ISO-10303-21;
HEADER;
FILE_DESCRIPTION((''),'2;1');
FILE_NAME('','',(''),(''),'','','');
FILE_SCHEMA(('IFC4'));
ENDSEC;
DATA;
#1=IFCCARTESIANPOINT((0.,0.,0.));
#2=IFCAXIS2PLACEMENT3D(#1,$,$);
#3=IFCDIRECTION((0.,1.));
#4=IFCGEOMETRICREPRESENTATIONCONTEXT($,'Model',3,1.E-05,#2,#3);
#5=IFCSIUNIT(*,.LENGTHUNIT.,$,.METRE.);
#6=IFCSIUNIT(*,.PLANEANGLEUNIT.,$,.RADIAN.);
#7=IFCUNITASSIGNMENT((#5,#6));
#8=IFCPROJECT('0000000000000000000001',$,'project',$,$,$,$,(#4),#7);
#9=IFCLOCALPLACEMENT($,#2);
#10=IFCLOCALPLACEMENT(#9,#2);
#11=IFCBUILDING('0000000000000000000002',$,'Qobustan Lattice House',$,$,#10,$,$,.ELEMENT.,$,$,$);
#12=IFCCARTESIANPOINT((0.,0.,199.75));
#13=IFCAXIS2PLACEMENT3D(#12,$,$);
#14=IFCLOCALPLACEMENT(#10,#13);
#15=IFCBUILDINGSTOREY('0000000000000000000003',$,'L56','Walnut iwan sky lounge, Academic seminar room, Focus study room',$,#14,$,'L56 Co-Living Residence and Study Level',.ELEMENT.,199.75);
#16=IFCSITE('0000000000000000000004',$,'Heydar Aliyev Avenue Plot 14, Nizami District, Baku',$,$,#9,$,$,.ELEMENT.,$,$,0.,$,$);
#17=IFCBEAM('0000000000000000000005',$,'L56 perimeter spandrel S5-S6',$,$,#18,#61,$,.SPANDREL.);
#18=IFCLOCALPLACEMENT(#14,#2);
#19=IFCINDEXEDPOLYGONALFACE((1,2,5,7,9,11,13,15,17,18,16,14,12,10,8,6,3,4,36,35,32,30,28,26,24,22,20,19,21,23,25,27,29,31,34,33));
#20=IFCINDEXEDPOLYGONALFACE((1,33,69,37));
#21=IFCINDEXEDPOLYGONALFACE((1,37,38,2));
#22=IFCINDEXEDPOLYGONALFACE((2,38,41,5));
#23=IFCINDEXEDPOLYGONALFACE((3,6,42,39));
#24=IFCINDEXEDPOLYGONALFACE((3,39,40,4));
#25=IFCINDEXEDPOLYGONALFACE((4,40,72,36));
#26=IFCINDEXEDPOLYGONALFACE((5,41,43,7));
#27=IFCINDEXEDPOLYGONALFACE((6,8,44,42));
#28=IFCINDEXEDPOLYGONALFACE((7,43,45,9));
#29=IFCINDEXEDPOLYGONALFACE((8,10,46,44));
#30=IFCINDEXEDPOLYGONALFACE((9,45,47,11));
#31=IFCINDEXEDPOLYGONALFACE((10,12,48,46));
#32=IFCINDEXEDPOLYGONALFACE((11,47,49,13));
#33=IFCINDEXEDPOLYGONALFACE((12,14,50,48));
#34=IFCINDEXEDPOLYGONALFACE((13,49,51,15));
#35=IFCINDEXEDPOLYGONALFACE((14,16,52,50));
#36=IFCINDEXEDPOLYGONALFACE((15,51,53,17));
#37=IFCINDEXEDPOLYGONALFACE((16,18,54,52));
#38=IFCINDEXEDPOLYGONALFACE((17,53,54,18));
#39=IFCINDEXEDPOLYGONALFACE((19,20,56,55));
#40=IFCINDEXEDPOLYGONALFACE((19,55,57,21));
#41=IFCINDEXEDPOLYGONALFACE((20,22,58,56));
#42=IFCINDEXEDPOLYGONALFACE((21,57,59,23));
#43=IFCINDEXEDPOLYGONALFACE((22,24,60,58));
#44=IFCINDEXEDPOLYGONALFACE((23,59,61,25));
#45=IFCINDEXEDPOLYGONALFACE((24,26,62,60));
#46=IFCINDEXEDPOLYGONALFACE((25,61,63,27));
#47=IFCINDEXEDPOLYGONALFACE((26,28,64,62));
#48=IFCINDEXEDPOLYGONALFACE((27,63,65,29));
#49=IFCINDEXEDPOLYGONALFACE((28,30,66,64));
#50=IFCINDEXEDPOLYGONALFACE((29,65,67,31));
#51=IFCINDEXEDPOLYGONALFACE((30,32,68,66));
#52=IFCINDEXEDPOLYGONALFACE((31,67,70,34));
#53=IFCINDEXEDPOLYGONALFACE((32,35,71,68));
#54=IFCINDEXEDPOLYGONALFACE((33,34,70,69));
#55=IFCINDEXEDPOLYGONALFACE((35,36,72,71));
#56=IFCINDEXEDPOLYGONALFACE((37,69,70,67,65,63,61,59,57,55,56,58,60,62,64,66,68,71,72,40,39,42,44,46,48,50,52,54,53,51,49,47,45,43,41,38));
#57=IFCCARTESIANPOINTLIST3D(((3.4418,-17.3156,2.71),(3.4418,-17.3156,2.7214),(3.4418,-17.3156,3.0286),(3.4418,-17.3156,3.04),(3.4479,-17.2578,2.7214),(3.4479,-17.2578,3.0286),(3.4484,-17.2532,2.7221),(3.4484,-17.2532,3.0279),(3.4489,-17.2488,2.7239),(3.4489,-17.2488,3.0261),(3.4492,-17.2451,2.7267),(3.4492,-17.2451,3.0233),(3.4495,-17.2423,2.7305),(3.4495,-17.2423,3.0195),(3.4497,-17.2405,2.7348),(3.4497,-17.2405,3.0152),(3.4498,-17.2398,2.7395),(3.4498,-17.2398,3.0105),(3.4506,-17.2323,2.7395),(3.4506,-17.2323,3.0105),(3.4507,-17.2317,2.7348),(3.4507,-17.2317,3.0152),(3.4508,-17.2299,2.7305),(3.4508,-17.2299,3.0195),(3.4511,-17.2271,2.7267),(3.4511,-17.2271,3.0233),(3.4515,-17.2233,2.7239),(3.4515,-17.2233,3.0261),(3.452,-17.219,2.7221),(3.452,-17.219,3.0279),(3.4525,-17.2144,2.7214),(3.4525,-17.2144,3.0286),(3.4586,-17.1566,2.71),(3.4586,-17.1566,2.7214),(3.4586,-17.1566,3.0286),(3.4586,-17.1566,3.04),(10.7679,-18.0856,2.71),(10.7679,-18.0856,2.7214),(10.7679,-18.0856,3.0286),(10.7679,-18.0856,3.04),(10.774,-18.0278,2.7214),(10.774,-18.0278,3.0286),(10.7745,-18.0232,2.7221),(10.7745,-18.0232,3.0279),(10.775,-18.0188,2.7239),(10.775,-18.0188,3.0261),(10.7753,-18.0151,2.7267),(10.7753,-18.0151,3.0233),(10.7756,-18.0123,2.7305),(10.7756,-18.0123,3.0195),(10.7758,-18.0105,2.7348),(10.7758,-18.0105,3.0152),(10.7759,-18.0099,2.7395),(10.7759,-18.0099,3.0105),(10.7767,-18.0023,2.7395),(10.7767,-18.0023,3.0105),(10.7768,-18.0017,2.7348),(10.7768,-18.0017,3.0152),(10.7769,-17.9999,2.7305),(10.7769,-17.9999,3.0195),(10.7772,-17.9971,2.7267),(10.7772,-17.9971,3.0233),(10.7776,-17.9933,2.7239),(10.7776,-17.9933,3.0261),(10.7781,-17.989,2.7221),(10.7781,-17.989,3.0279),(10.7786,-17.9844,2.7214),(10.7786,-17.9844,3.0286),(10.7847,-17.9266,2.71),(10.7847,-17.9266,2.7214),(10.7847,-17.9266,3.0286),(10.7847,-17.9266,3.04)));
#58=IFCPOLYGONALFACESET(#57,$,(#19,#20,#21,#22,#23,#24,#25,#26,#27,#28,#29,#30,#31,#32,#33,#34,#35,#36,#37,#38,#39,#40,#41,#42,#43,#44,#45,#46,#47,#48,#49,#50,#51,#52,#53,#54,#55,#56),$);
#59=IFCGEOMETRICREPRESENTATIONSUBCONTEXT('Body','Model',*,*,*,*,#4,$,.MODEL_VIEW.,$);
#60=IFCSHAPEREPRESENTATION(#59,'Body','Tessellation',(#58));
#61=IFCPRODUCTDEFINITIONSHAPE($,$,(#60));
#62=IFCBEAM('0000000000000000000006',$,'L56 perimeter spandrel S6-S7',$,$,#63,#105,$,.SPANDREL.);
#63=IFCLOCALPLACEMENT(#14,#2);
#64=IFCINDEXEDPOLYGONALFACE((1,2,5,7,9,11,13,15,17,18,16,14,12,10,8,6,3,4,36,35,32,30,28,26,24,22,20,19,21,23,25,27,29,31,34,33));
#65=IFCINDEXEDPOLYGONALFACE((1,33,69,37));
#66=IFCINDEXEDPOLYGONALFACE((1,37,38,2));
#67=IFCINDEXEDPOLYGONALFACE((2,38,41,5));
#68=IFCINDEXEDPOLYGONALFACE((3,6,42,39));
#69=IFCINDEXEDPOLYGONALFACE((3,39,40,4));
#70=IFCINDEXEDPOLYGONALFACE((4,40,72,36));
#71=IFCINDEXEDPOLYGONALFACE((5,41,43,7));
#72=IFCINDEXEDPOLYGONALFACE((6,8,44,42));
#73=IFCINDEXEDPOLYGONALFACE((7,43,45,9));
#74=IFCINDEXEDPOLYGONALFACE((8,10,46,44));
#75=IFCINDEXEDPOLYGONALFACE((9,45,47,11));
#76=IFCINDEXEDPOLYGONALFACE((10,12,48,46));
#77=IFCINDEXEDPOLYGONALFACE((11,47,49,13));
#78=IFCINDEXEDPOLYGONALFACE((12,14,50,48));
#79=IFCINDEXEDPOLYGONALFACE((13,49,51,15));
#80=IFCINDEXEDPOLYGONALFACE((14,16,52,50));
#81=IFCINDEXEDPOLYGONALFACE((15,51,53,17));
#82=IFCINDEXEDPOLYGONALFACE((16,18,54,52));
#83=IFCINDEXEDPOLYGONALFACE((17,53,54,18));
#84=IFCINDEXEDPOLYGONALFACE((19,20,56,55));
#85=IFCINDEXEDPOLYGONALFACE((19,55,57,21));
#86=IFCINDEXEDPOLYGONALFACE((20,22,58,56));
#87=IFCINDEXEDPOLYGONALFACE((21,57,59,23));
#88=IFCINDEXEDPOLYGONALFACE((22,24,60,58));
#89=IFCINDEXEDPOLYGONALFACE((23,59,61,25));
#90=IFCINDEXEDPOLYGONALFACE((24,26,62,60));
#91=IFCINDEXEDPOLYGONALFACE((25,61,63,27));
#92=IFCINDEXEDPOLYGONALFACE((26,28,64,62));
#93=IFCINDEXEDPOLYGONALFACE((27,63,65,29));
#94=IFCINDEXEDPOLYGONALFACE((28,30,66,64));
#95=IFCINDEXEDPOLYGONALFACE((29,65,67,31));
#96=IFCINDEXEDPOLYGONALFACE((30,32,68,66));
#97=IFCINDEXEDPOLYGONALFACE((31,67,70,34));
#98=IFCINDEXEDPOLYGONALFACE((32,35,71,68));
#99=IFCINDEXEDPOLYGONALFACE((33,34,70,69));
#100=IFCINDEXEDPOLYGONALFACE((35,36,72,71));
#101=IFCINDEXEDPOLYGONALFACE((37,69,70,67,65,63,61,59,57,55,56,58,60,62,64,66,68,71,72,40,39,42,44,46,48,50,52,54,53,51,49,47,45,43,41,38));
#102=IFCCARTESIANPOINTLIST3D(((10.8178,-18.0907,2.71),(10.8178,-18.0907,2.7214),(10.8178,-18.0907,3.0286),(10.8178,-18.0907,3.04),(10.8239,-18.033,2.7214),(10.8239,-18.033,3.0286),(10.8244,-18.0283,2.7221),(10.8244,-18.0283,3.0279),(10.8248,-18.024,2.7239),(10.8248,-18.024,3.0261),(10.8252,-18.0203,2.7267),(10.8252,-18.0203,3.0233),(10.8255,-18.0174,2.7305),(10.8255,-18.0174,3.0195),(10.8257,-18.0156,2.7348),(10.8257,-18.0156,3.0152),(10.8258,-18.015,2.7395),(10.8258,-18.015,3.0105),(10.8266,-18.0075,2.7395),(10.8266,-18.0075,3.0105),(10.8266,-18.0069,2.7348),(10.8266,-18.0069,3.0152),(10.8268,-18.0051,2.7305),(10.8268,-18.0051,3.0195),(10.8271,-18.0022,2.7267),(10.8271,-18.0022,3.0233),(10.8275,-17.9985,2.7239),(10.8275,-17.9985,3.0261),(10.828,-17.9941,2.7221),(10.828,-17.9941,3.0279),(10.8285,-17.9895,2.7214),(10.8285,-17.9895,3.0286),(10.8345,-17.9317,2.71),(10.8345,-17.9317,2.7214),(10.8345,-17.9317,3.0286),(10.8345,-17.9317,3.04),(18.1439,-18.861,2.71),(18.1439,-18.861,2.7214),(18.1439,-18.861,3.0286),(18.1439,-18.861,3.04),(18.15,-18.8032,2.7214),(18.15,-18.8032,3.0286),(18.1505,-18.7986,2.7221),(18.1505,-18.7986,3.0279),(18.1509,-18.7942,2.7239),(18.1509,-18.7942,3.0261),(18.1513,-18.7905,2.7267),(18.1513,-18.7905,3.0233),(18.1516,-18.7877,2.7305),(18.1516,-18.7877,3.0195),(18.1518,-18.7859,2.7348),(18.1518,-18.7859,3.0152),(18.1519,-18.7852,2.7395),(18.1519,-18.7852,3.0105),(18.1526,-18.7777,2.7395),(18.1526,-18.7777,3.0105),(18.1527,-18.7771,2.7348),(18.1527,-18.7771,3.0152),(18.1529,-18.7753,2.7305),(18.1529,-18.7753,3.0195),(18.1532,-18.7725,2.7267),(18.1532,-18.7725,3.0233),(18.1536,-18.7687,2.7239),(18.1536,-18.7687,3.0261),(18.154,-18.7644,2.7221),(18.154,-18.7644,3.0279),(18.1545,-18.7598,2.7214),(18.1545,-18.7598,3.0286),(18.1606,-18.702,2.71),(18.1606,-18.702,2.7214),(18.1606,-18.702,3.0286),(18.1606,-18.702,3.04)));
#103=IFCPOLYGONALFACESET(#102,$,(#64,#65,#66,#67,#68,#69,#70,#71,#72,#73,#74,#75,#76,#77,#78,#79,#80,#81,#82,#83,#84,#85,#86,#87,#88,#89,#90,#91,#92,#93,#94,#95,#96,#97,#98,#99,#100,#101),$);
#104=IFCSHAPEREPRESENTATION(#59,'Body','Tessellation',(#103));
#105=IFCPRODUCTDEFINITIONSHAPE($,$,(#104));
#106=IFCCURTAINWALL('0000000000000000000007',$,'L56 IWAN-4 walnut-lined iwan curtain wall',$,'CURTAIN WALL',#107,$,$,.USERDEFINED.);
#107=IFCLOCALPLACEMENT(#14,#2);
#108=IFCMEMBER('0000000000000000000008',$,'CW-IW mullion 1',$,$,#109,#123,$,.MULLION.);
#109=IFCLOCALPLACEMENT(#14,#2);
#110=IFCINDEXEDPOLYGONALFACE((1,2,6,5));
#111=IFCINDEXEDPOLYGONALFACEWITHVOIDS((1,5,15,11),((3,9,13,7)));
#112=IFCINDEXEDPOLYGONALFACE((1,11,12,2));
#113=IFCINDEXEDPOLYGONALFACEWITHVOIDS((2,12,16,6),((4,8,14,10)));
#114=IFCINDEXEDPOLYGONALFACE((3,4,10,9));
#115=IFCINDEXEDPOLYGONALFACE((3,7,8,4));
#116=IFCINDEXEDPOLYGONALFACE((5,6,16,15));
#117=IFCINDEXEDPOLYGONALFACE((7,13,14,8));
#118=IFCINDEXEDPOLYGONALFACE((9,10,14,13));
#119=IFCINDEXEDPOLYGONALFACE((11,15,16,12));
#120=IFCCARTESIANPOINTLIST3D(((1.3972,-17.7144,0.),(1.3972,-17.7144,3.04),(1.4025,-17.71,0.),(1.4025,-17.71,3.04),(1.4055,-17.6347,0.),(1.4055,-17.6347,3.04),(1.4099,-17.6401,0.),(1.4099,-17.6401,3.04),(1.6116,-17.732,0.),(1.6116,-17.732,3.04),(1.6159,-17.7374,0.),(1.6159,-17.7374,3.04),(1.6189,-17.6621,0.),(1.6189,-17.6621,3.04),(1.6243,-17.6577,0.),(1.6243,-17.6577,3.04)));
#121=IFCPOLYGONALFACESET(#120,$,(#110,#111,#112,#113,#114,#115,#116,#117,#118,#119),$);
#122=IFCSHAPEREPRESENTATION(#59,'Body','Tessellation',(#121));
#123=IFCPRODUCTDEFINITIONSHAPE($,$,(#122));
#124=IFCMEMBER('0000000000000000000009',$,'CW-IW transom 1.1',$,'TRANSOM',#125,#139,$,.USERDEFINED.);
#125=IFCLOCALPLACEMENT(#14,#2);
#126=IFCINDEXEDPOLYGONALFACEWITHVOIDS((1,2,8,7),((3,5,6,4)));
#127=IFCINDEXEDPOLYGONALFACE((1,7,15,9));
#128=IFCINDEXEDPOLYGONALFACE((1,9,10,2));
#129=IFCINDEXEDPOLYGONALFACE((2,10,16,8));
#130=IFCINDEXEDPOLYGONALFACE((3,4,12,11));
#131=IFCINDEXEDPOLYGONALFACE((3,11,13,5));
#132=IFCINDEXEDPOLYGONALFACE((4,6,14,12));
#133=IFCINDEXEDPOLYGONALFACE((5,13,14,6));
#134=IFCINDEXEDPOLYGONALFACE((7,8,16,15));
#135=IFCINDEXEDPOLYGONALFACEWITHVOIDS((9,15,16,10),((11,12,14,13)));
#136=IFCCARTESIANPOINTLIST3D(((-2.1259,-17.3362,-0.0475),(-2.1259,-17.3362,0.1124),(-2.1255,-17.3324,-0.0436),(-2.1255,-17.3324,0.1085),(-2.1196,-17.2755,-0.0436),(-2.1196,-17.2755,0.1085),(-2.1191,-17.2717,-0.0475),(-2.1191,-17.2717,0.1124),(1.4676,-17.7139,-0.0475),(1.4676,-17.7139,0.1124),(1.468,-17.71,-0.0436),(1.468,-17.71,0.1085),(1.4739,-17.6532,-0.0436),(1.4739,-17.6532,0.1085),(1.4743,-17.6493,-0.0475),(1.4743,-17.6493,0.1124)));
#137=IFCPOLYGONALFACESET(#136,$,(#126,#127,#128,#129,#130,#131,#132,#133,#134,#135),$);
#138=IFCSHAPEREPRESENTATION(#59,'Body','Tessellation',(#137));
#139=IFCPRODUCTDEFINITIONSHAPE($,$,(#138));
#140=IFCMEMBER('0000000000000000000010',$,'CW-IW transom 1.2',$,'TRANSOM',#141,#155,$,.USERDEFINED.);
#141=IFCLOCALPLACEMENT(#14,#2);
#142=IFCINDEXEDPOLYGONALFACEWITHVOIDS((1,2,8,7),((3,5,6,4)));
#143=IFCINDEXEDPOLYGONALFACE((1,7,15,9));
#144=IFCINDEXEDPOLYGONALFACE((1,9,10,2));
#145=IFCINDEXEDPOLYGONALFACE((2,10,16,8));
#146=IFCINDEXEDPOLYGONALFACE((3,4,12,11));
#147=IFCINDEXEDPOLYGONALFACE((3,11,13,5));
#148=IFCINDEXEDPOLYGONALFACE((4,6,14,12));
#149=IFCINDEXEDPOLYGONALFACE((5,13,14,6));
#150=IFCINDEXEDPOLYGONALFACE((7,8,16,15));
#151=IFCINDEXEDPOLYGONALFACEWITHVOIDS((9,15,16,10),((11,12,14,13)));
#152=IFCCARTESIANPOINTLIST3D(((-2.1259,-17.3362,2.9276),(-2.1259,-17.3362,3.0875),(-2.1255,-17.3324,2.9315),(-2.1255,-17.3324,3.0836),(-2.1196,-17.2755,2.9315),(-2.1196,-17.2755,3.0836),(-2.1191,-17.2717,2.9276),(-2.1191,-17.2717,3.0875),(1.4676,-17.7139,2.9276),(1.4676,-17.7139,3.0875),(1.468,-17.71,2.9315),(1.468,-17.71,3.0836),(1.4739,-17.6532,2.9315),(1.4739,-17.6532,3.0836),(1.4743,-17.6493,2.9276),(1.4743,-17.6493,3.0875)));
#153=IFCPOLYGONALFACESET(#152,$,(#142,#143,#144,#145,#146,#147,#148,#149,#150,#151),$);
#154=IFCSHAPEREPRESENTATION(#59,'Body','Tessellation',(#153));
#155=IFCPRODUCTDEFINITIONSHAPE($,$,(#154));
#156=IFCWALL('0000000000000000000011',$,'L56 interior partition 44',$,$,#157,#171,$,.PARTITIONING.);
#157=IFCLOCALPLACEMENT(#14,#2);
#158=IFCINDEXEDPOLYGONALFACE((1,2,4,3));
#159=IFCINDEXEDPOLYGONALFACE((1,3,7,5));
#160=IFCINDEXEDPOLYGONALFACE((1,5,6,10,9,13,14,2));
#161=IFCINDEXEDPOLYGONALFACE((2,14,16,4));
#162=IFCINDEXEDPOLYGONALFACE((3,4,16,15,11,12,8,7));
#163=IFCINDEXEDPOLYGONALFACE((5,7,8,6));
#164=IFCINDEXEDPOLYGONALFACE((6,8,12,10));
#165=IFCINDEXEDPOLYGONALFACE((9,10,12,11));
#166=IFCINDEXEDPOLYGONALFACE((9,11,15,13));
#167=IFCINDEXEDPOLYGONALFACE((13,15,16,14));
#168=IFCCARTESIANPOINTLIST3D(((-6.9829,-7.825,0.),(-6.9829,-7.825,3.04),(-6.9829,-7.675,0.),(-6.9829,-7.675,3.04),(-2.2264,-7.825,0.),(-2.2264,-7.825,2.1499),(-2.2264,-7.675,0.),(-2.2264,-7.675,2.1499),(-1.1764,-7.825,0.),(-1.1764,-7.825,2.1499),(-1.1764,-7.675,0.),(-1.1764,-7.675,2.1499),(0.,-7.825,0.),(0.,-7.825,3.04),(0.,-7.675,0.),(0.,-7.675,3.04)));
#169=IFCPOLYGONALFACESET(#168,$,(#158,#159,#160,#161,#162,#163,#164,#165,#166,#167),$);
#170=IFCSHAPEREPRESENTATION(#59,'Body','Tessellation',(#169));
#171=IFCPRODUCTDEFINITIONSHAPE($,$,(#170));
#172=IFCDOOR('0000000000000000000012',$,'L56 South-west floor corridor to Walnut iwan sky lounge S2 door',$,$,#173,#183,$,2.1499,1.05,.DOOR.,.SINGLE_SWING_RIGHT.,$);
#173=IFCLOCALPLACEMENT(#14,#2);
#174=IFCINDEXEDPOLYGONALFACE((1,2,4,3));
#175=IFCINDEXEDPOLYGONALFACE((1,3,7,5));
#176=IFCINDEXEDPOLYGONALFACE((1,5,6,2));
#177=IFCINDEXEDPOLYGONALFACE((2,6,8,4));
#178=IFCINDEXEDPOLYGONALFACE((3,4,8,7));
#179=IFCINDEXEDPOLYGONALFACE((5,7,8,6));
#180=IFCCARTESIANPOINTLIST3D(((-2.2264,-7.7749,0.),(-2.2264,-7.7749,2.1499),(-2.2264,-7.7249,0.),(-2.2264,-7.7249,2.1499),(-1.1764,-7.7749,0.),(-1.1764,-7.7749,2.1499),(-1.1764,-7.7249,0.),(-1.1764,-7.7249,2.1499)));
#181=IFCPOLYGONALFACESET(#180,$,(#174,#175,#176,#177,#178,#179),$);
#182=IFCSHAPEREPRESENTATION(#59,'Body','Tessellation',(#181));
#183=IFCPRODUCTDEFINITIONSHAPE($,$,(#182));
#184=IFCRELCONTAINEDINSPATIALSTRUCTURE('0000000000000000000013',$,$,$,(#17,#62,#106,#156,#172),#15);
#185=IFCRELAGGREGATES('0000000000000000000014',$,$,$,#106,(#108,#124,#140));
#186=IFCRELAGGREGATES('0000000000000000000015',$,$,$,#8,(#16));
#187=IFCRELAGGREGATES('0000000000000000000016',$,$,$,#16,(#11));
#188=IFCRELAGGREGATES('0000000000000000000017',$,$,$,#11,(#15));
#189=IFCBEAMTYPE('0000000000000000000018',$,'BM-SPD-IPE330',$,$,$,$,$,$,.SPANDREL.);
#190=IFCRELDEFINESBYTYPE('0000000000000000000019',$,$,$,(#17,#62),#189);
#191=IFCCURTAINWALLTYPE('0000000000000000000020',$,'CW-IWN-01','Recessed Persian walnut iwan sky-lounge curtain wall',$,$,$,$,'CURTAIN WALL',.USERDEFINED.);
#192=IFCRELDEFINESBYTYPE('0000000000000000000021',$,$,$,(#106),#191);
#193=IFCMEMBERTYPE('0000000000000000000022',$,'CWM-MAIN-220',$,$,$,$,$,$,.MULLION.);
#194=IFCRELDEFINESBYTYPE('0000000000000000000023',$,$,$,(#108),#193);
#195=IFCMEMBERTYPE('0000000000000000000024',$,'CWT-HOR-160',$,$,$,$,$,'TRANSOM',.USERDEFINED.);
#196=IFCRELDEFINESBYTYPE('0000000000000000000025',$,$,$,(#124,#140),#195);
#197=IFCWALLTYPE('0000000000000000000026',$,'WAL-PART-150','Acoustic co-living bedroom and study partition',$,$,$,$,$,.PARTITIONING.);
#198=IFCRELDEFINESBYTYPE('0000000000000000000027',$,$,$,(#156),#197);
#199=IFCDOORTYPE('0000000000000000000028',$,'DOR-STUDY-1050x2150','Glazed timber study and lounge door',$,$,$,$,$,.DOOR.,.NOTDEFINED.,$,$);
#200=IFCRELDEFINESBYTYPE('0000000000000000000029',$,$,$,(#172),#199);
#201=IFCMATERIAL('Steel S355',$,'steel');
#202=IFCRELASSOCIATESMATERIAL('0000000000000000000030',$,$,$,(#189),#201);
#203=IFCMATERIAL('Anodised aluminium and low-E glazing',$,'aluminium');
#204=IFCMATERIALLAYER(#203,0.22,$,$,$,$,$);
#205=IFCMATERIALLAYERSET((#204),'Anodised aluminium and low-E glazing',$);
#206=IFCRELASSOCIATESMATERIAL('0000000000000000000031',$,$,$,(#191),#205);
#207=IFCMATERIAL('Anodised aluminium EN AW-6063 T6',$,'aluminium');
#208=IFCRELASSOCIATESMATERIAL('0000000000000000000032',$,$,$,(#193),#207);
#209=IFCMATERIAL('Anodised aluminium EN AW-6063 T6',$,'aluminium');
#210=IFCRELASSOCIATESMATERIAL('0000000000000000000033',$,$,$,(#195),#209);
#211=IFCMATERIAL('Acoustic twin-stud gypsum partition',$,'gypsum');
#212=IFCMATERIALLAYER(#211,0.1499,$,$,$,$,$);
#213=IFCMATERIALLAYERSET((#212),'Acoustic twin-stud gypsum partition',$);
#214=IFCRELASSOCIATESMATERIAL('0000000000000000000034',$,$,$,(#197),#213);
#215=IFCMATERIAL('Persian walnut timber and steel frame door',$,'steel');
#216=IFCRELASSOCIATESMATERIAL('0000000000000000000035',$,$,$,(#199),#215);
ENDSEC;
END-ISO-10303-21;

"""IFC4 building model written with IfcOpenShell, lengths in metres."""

from ifc_helpers import new_model, si_unit, direction, frame, frame_2d, origin, origin_2d, place, context, subcontext, project, spatial, rectangle, hollow_rectangle, i_section, extrude, material, layer, layer_set, material_profile, profile_set, type_object, element, fill, aggregate, save


model = new_model("IFC4")

# Units and contexts
model_context = context("Model", 3, precision=1e-05, world=origin(), true_north=direction((0.0, 1.0)))
body_context = subcontext(model_context, "Body", "Model", "MODEL_VIEW")
ifc_project = project(units=[si_unit("LENGTHUNIT", "METRE"), si_unit("PLANEANGLEUNIT", "RADIAN")], contexts=[model_context])

# Site, building, storey
site_placement = place(None, origin())
site = spatial("IfcSite", under=ifc_project, at=site_placement, Name="Heydar Aliyev Avenue Plot 14, Nizami District, Baku", CompositionType="ELEMENT", RefElevation=0.0)
building_placement = place(site_placement, origin())
building = spatial("IfcBuilding", under=site, at=building_placement, Name="Qobustan Lattice House", CompositionType="ELEMENT")
storey_placement = place(building_placement, frame((0.0, 0.0, 199.75)))
storey = spatial("IfcBuildingStorey", under=building, at=storey_placement, Name="L56", Description="Walnut iwan sky lounge, Academic seminar room, Focus study room", LongName="L56 Co-Living Residence and Study Level", CompositionType="ELEMENT", Elevation=199.75)

# Beams
ifc_material_1 = material(Name="Steel S355", Category="steel")
ifc_material_profile_1 = material_profile(ifc_material_1, i_section(OverallWidth=0.1599, OverallDepth=0.3301, WebThickness=0.0076, FlangeThickness=0.0115, FilletRadius=0.0181, at=origin_2d()), Name="IPE330")
ifc_profile_set_1 = profile_set([ifc_material_profile_1], Name="Steel S355")
beam_type_1 = type_object("IfcBeamType", Name="BM-SPD-IPE330", PredefinedType="SPANDREL", material=ifc_profile_set_1)
for number, where, z_axis, x_axis, name in (
    (1, (3.4502, -17.2361, 2.875), (0.994522, -0.10453, 0.0), (0.10453, 0.994522, 0.0), "L56 perimeter spandrel S5-S6"),
    (2, (10.8262, -18.0112, 2.875), (0.994518, -0.104562, 0.0), (0.104562, 0.994518, 0.0), "L56 perimeter spandrel S6-S7"),
):
    element("IfcBeam", number, at=place(storey_placement, frame(where, z_axis=z_axis, x_axis=x_axis)), inside=storey, type_object=beam_type_1, Name=name, PredefinedType="SPANDREL", context=body_context, shape_type="SweptSolid", body=[
        extrude(i_section(OverallWidth=0.1599, OverallDepth=0.3301, WebThickness=0.0076, FlangeThickness=0.0115, FilletRadius=0.0181, at=origin_2d()), origin(), (0.0, 0.0, 1.0), 7.3665),
    ])

# Curtain wall, members
ifc_material_2 = material(Name="Anodised aluminium and low-E glazing", Category="aluminium")
ifc_layer_1 = layer(ifc_material_2, 0.22)
ifc_layer_set_1 = layer_set([ifc_layer_1], Name="Anodised aluminium and low-E glazing")
curtain_wall_type = type_object("IfcCurtainWallType", Name="CW-IWN-01", Description="Recessed Persian walnut iwan sky-lounge curtain wall", ElementType="CURTAIN WALL", PredefinedType="USERDEFINED", material=ifc_layer_set_1)
curtain_wall_placement = place(storey_placement, origin())
curtain_wall = element("IfcCurtainWall", 3, at=curtain_wall_placement, inside=storey, type_object=curtain_wall_type, Name="L56 IWAN-4 walnut-lined iwan curtain wall", ObjectType="CURTAIN WALL", PredefinedType="USERDEFINED")
ifc_material_3 = material(Name="Anodised aluminium EN AW-6063 T6", Category="aluminium")
ifc_material_profile_2 = material_profile(ifc_material_3, hollow_rectangle(XDim=0.0801, YDim=0.22, WallThickness=0.0049, at=origin_2d()), Name="CWM-220x80")
ifc_profile_set_2 = profile_set([ifc_material_profile_2], Name="Anodised aluminium EN AW-6063 T6")
member_type_1 = type_object("IfcMemberType", Name="CWM-MAIN-220", PredefinedType="MULLION", material=ifc_profile_set_2)
member_1_placement = place(storey_placement, frame((1.5107, -17.686, 0.0), z_axis=(0.0, 0.0, 1.0), x_axis=(-0.104536, -0.994521, 0.0)))
member_1 = element("IfcMember", 4, at=member_1_placement, type_object=member_type_1, Name="CW-IW mullion 1", PredefinedType="MULLION", context=body_context, shape_type="SweptSolid", body=[
    extrude(hollow_rectangle(XDim=0.0801, YDim=0.22, WallThickness=0.0049, at=origin_2d()), origin(), (0.0, 0.0, 1.0), 3.04),
])
ifc_material_4 = material(Name="Anodised aluminium EN AW-6063 T6", Category="aluminium")
ifc_material_profile_3 = material_profile(ifc_material_4, hollow_rectangle(XDim=0.0649, YDim=0.1599, WallThickness=0.0039, at=origin_2d()), Name="CWT-160x65")
ifc_profile_set_3 = profile_set([ifc_material_profile_3], Name="Anodised aluminium EN AW-6063 T6")
member_type_2 = type_object("IfcMemberType", Name="CWT-HOR-160", ElementType="TRANSOM", PredefinedType="USERDEFINED", material=ifc_profile_set_3)
member_2_placement = place(storey_placement, frame((1.4709, -17.6816, 0.0325), z_axis=(-0.994522, 0.104527, 0.0), x_axis=(-0.104527, -0.994522, 0.0)))
member_2 = element("IfcMember", 5, at=member_2_placement, type_object=member_type_2, Name="CW-IW transom 1.1", ObjectType="TRANSOM", PredefinedType="USERDEFINED", context=body_context, shape_type="SweptSolid", body=[
    extrude(hollow_rectangle(XDim=0.0649, YDim=0.1599, WallThickness=0.0039, at=origin_2d()), origin(), (0.0, 0.0, 1.0), 3.6133),
])
member_3_placement = place(storey_placement, frame((1.4709, -17.6816, 3.0076), z_axis=(-0.994522, 0.104527, 0.0), x_axis=(-0.104527, -0.994522, 0.0)))
member_3 = element("IfcMember", 6, at=member_3_placement, type_object=member_type_2, Name="CW-IW transom 1.2", ObjectType="TRANSOM", PredefinedType="USERDEFINED", context=body_context, shape_type="SweptSolid", body=[
    extrude(hollow_rectangle(XDim=0.0649, YDim=0.1599, WallThickness=0.0039, at=origin_2d()), origin(), (0.0, 0.0, 1.0), 3.6133),
])
aggregate(curtain_wall, [member_1, member_2, member_3])

# Wall, opening, door
ifc_material_5 = material(Name="Acoustic twin-stud gypsum partition", Category="gypsum")
ifc_layer_2 = layer(ifc_material_5, 0.1499)
ifc_layer_set_2 = layer_set([ifc_layer_2], Name="Acoustic twin-stud gypsum partition")
wall_type_1 = type_object("IfcWallType", Name="WAL-PART-150", Description="Acoustic co-living bedroom and study partition", PredefinedType="PARTITIONING", material=ifc_layer_set_2)
wall_1_placement = place(storey_placement, frame((0.0, -7.75, 0.0), z_axis=(0.0, 0.0, 1.0), x_axis=(-1.0, 0.0, 0.0)))
wall_1 = element("IfcWall", 7, at=wall_1_placement, inside=storey, type_object=wall_type_1, Name="L56 interior partition 44", PredefinedType="PARTITIONING", context=body_context, shape_type="SweptSolid", body=[
    extrude(rectangle(XDim=6.9829, YDim=0.1499, at=frame_2d((3.4915, 0.0))), origin(), (0.0, 0.0, 1.0), 3.04),
])
opening_placement = place(wall_1_placement, frame((1.1765, 0.0, 0.0)))
opening = element("IfcOpeningElement", 8, at=opening_placement, cuts=wall_1, PredefinedType="OPENING", context=body_context, shape_type="SweptSolid", body=[
    extrude(rectangle(XDim=1.05, YDim=2.1499, at=frame_2d((0.5249, 1.075))), frame((0.0, 0.085, 0.0), z_axis=(0.0, -1.0, 0.0), x_axis=(1.0, 0.0, 0.0)), (0.0, 0.0, 1.0), 0.1699),
])
ifc_material_6 = material(Name="Persian walnut timber and steel frame door", Category="steel")
door_type = type_object("IfcDoorType", Name="DOR-STUDY-1050x2150", Description="Glazed timber study and lounge door", OperationType="NOTDEFINED", PredefinedType="DOOR", material=ifc_material_6)
door_placement = place(opening_placement, origin())
door = element("IfcDoor", 9, at=door_placement, inside=storey, type_object=door_type, Name="L56 South-west floor corridor to Walnut iwan sky lounge S2 door", OperationType="SINGLE_SWING_RIGHT", OverallHeight=2.1499, OverallWidth=1.05, PredefinedType="DOOR", context=body_context, shape_type="SweptSolid", body=[
    extrude(rectangle(XDim=1.05, YDim=2.1499, at=frame_2d((0.5249, 1.075))), frame((0.0, 0.0249, 0.0), z_axis=(0.0, -1.0, 0.0), x_axis=(1.0, 0.0, 0.0)), (0.0, 0.0, 1.0), 0.05),
])
fill(opening, door)

save(model, "model.ifc")
